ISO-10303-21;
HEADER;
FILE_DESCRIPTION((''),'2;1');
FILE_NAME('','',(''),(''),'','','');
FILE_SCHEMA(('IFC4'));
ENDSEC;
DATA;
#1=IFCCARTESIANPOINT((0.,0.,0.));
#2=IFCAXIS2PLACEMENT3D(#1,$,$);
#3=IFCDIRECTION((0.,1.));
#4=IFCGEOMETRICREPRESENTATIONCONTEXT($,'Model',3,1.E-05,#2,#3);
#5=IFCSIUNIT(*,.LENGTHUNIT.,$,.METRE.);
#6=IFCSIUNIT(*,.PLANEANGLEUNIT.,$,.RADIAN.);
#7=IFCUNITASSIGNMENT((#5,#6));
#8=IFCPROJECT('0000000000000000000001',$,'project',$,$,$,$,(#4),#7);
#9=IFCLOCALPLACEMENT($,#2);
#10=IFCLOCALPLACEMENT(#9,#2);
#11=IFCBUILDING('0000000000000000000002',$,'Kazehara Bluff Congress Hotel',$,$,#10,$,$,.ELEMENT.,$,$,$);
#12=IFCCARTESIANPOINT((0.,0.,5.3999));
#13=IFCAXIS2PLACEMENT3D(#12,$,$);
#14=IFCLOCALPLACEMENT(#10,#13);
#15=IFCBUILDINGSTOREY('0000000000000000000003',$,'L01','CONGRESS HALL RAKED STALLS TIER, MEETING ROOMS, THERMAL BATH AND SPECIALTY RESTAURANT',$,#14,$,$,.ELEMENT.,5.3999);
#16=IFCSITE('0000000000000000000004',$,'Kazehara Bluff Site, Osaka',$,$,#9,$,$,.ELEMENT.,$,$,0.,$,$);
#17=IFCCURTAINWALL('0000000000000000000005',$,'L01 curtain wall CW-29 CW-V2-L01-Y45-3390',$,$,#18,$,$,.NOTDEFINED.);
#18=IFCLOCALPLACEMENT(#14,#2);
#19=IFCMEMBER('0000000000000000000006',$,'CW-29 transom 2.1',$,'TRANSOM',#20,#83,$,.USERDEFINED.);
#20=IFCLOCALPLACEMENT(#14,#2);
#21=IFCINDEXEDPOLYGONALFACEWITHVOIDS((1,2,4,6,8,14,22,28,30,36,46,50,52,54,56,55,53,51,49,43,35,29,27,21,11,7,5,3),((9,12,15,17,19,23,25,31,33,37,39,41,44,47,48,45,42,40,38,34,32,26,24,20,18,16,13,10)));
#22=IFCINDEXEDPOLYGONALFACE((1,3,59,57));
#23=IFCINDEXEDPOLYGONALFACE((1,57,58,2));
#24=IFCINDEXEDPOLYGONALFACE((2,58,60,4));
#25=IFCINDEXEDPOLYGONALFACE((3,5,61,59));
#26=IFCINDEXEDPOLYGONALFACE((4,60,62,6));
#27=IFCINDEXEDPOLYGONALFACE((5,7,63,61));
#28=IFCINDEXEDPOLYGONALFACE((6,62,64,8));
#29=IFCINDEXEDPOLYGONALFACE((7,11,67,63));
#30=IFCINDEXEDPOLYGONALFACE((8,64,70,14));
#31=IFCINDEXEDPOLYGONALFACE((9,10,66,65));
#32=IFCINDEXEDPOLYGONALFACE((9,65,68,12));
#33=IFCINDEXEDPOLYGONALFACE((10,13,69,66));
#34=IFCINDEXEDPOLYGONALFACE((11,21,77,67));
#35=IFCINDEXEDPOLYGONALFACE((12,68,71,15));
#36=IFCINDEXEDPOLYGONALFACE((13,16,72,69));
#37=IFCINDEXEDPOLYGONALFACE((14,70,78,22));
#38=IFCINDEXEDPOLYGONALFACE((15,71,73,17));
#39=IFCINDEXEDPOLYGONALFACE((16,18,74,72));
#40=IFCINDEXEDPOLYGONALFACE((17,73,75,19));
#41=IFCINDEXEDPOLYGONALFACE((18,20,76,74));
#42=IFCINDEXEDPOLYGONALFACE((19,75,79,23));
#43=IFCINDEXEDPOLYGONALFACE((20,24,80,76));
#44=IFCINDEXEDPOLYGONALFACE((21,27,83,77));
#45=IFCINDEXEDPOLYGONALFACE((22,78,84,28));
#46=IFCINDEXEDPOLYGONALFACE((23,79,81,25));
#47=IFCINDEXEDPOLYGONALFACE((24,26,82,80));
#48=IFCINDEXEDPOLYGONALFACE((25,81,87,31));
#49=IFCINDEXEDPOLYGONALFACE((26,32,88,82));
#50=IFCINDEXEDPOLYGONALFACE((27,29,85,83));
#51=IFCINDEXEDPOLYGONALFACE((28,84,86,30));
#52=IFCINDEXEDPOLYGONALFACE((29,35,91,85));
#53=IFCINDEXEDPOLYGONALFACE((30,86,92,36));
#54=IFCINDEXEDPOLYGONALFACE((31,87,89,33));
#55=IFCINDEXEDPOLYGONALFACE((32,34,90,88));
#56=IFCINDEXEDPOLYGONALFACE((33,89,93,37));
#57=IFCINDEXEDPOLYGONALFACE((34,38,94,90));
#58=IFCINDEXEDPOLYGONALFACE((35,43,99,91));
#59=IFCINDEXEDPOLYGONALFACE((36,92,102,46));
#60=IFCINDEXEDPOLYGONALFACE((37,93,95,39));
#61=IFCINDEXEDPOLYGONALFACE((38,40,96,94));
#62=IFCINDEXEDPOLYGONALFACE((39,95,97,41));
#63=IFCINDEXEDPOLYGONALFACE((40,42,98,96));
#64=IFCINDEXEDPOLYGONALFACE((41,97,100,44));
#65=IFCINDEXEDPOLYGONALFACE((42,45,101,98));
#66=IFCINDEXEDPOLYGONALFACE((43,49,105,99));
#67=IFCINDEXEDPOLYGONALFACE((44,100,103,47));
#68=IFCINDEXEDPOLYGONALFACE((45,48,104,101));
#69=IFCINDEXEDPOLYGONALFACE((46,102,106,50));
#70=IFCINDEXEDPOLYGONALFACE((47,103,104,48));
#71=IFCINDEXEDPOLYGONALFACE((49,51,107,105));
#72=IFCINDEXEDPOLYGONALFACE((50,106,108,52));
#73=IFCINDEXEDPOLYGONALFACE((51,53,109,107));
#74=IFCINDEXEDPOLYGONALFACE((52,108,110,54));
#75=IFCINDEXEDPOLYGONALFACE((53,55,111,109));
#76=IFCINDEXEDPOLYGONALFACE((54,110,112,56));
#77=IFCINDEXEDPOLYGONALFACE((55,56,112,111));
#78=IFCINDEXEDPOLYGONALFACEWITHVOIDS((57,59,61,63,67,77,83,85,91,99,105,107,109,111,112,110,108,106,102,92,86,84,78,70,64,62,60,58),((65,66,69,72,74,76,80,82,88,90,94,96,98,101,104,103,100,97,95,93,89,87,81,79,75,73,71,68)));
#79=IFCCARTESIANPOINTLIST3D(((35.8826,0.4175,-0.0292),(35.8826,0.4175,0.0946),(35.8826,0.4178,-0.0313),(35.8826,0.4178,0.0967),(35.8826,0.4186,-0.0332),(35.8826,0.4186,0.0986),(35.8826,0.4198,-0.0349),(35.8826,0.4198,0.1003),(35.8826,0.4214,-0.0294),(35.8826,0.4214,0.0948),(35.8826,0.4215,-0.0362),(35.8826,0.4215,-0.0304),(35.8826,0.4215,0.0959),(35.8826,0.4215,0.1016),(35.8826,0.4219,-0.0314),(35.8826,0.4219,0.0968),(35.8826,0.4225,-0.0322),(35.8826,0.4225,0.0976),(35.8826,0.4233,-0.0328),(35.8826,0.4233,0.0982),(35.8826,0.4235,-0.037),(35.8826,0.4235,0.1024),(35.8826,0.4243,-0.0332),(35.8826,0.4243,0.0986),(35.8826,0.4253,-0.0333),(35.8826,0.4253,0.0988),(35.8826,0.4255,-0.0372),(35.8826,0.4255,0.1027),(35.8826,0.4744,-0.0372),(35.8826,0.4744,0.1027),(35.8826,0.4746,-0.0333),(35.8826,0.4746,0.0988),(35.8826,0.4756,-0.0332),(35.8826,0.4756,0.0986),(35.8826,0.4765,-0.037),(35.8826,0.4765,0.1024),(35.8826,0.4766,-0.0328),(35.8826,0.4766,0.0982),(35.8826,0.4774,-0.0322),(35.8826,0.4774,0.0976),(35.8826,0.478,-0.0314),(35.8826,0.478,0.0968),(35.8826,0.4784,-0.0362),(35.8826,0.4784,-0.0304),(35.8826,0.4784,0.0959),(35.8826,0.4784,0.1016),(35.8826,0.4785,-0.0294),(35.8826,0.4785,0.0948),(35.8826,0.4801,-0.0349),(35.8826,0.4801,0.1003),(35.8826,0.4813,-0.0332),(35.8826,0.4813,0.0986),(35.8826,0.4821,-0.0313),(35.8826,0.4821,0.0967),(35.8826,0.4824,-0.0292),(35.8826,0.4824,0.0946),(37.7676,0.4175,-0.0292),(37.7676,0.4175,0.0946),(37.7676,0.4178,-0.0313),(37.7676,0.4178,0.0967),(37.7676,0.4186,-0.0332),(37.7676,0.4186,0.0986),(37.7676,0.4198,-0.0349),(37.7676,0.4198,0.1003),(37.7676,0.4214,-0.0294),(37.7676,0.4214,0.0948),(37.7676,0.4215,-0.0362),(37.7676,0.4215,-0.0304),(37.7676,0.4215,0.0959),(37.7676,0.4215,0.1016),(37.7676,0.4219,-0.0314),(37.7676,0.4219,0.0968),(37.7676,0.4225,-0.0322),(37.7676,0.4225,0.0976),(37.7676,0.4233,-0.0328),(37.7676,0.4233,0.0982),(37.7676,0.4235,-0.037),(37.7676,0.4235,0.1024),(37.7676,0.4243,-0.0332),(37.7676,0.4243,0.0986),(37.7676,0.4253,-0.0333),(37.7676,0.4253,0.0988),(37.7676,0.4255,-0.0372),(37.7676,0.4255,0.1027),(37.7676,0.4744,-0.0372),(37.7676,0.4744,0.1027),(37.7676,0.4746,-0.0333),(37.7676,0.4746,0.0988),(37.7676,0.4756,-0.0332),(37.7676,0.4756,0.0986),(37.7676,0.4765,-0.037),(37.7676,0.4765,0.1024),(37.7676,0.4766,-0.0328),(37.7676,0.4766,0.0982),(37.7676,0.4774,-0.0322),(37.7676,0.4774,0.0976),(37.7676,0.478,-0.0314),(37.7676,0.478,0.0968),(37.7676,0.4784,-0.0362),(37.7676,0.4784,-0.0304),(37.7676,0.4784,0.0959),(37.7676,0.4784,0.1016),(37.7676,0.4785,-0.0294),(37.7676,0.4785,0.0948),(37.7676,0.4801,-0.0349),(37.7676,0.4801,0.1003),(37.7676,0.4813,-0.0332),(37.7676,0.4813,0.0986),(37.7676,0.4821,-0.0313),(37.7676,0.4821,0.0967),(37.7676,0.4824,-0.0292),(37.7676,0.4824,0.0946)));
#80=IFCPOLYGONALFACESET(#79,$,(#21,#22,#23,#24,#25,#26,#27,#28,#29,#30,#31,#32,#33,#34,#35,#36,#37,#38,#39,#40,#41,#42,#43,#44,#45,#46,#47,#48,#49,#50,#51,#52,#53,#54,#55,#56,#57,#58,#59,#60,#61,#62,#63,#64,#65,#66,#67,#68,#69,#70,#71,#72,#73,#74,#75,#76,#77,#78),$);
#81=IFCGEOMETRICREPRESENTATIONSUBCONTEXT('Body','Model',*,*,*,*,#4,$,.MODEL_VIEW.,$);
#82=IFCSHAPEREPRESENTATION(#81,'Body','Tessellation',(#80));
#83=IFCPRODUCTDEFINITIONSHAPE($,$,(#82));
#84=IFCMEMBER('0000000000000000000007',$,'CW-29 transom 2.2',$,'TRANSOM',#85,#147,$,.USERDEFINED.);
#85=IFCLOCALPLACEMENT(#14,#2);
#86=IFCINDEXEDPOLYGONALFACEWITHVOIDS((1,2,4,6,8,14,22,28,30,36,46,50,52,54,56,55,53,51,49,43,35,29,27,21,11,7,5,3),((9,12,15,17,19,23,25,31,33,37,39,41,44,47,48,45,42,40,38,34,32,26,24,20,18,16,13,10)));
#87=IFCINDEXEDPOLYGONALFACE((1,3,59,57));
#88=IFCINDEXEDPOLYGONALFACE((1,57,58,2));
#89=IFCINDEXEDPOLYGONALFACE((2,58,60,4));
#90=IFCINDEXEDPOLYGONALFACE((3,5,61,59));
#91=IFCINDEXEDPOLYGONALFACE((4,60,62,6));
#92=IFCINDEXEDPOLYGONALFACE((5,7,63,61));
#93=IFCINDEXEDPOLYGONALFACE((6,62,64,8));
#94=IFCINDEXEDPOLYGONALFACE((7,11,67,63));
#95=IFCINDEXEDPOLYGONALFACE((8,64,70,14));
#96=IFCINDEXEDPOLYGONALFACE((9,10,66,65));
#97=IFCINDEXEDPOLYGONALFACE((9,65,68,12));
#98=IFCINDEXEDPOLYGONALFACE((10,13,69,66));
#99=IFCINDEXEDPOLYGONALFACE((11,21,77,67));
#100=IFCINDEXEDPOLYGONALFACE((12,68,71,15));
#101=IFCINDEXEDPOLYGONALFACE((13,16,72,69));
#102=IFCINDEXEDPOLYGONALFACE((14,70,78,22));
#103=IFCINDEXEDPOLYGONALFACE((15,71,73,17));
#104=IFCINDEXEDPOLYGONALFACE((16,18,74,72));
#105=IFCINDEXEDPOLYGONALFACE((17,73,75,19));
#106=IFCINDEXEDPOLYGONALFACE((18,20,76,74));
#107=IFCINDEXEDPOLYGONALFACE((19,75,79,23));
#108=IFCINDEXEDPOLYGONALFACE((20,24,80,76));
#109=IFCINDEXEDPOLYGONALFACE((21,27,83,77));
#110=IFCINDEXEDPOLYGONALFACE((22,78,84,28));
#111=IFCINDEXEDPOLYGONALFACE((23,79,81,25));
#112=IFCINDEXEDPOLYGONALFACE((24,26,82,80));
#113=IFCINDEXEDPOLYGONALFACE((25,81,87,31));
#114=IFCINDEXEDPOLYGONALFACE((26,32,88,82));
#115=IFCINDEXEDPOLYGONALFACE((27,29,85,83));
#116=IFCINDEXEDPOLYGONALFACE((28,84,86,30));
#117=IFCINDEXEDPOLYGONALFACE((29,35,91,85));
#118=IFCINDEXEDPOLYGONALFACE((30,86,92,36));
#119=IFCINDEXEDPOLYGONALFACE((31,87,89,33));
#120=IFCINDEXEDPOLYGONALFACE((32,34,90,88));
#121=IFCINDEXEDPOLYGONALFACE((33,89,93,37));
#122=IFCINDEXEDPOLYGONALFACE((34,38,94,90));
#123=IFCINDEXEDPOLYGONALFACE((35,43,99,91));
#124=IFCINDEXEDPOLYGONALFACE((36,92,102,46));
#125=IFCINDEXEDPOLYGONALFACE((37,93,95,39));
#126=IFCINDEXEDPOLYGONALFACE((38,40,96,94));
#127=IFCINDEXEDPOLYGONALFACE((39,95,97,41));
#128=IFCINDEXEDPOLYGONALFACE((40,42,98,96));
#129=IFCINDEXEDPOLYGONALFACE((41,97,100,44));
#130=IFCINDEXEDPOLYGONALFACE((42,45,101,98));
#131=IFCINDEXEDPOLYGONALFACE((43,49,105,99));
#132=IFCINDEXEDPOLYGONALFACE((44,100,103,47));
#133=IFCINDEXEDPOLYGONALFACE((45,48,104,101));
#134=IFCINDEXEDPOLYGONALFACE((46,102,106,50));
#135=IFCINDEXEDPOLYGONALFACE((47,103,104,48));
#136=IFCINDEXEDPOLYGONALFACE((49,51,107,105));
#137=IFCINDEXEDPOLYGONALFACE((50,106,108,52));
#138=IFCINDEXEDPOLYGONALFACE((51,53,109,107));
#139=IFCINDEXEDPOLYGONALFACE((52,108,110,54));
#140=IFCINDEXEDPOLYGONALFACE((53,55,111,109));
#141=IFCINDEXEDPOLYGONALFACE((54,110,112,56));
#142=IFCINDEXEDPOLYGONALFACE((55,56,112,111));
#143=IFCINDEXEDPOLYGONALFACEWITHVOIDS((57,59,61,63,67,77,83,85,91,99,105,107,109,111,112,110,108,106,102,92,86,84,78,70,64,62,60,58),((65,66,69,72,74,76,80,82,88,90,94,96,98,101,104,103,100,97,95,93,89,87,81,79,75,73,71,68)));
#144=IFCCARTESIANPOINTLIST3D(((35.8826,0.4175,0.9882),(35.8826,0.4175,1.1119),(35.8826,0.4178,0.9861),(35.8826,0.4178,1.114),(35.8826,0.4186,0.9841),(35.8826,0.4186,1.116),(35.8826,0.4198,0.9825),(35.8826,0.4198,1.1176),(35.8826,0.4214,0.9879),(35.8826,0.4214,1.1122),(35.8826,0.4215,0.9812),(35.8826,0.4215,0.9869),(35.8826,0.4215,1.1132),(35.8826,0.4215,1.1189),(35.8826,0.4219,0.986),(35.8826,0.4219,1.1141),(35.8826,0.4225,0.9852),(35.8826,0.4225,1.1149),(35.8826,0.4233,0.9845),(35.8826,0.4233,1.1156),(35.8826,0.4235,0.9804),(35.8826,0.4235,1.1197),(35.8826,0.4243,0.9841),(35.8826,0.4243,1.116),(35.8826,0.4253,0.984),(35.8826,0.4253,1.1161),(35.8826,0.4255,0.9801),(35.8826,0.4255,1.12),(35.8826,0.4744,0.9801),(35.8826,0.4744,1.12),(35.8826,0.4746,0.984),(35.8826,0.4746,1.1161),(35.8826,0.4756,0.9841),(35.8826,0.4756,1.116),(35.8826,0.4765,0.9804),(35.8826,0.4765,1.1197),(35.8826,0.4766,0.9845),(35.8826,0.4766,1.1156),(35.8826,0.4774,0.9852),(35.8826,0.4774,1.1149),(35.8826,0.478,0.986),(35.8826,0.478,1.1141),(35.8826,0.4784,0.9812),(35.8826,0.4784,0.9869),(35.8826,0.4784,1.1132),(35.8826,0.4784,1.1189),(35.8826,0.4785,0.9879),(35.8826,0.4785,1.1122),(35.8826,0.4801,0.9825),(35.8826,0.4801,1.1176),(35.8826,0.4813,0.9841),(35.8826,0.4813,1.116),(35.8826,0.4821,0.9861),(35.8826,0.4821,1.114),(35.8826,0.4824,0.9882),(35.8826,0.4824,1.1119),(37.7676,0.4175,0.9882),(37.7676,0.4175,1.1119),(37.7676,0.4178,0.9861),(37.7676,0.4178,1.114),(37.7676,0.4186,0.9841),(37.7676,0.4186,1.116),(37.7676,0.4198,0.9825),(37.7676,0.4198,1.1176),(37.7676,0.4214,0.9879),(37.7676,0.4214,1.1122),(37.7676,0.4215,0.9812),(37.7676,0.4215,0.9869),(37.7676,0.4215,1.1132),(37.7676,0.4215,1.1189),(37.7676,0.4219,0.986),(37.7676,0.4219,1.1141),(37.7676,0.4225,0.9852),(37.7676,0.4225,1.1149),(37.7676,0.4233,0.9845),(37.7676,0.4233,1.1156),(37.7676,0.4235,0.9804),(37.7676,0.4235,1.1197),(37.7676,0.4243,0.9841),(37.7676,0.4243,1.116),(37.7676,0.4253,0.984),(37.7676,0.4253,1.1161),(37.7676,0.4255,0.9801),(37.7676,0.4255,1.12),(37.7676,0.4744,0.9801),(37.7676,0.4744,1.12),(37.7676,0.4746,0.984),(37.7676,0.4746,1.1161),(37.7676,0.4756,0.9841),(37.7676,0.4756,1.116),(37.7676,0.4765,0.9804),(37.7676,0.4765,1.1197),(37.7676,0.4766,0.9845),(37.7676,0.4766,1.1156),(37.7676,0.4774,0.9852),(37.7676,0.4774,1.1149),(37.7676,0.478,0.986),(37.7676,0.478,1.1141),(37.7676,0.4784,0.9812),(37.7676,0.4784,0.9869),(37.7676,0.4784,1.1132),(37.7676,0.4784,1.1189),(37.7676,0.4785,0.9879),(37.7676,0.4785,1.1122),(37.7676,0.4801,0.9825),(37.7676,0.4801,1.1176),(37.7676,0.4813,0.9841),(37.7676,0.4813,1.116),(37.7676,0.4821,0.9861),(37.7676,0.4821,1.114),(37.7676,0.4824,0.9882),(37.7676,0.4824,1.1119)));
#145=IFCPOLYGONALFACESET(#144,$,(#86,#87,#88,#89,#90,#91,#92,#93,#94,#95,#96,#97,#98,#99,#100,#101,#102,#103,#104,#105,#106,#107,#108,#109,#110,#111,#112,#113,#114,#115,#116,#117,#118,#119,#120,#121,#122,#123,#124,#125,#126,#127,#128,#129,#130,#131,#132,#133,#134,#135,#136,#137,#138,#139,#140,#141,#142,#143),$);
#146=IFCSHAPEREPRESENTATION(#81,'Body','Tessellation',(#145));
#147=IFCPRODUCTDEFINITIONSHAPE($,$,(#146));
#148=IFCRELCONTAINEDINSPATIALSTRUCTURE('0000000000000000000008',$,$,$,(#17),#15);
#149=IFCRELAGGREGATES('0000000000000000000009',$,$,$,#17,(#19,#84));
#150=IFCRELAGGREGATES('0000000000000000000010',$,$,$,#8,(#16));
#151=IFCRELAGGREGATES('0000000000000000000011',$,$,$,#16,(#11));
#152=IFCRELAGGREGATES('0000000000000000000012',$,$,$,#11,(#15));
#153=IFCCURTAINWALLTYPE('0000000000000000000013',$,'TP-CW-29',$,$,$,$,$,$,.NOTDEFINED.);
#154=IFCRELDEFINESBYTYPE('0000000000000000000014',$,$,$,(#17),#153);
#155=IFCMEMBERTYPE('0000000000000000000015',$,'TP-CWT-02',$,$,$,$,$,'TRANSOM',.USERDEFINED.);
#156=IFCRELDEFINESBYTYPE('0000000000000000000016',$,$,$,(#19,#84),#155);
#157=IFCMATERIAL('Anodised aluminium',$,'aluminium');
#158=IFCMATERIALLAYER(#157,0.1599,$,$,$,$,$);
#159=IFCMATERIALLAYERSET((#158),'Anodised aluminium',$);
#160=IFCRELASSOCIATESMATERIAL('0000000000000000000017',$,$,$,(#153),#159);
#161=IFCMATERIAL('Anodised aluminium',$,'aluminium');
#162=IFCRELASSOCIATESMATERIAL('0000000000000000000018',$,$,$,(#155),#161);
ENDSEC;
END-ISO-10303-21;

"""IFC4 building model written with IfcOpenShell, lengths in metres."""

from ifc_helpers import new_model, si_unit, direction, frame, origin, origin_2d, place, context, subcontext, project, spatial, hollow_rectangle, extrude, material, layer, layer_set, material_profile, profile_set, type_object, element, aggregate, save


model = new_model("IFC4")

# Units and contexts
model_context = context("Model", 3, precision=1e-05, world=origin(), true_north=direction((0.0, 1.0)))
body_context = subcontext(model_context, "Body", "Model", "MODEL_VIEW")
ifc_project = project(units=[si_unit("LENGTHUNIT", "METRE"), si_unit("PLANEANGLEUNIT", "RADIAN")], contexts=[model_context])

# Site, building, storey
site_placement = place(None, origin())
site = spatial("IfcSite", under=ifc_project, at=site_placement, Name="Kazehara Bluff Site, Osaka", CompositionType="ELEMENT", RefElevation=0.0)
building_placement = place(site_placement, origin())
building = spatial("IfcBuilding", under=site, at=building_placement, Name="Kazehara Bluff Congress Hotel", CompositionType="ELEMENT")
storey_placement = place(building_placement, frame((0.0, 0.0, 5.3999)))
storey = spatial("IfcBuildingStorey", under=building, at=storey_placement, Name="L01", Description="CONGRESS HALL RAKED STALLS TIER, MEETING ROOMS, THERMAL BATH AND SPECIALTY RESTAURANT", CompositionType="ELEMENT", Elevation=5.3999)

# Shared definitions
ifc_material_1 = material(Name="Anodised aluminium", Category="aluminium")
ifc_layer_1 = layer(ifc_material_1, 0.1599)
ifc_layer_set_1 = layer_set([ifc_layer_1], Name="Anodised aluminium")
curtain_wall_type = type_object("IfcCurtainWallType", Name="TP-CW-29", PredefinedType="NOTDEFINED", material=ifc_layer_set_1)

# Curtain wall, members
curtain_wall_1_placement = place(storey_placement, origin())
curtain_wall_1 = element("IfcCurtainWall", 1, at=curtain_wall_1_placement, inside=storey, type_object=curtain_wall_type, Name="L01 curtain wall CW-29 CW-V2-L01-Y45-3390", PredefinedType="NOTDEFINED")
ifc_material_2 = material(Name="Anodised aluminium", Category="aluminium")
ifc_material_profile_1 = material_profile(ifc_material_2, hollow_rectangle(XDim=0.0649, YDim=0.1399, WallThickness=0.0039, InnerFilletRadius=0.0039, OuterFilletRadius=0.0081, at=origin_2d()))
ifc_profile_set_1 = profile_set([ifc_material_profile_1], Name="Anodised aluminium")
member_type_1 = type_object("IfcMemberType", Name="TP-CWT-02", ElementType="TRANSOM", PredefinedType="USERDEFINED", material=ifc_profile_set_1)
member_1_placement = place(storey_placement, frame((35.8826, 0.45, 0.0327), z_axis=(1.0, 0.0, 0.0), x_axis=(0.0, 1.0, 0.0)))
member_1 = element("IfcMember", 2, at=member_1_placement, type_object=member_type_1, Name="CW-29 transom 2.1", ObjectType="TRANSOM", PredefinedType="USERDEFINED", context=body_context, shape_type="SweptSolid", body=[
    extrude(hollow_rectangle(XDim=0.0649, YDim=0.1399, WallThickness=0.0039, InnerFilletRadius=0.0039, OuterFilletRadius=0.0081, at=origin_2d()), origin(), (0.0, 0.0, 1.0), 1.885),
])
member_2_placement = place(storey_placement, frame((35.8826, 0.45, 1.05), z_axis=(1.0, 0.0, 0.0), x_axis=(0.0, 1.0, 0.0)))
member_2 = element("IfcMember", 3, at=member_2_placement, type_object=member_type_1, Name="CW-29 transom 2.2", ObjectType="TRANSOM", PredefinedType="USERDEFINED", context=body_context, shape_type="SweptSolid", body=[
    extrude(hollow_rectangle(XDim=0.0649, YDim=0.1399, WallThickness=0.0039, InnerFilletRadius=0.0039, OuterFilletRadius=0.0081, at=origin_2d()), origin(), (0.0, 0.0, 1.0), 1.885),
])

aggregate(curtain_wall_1, [member_1, member_2])

save(model, "model.ifc")
